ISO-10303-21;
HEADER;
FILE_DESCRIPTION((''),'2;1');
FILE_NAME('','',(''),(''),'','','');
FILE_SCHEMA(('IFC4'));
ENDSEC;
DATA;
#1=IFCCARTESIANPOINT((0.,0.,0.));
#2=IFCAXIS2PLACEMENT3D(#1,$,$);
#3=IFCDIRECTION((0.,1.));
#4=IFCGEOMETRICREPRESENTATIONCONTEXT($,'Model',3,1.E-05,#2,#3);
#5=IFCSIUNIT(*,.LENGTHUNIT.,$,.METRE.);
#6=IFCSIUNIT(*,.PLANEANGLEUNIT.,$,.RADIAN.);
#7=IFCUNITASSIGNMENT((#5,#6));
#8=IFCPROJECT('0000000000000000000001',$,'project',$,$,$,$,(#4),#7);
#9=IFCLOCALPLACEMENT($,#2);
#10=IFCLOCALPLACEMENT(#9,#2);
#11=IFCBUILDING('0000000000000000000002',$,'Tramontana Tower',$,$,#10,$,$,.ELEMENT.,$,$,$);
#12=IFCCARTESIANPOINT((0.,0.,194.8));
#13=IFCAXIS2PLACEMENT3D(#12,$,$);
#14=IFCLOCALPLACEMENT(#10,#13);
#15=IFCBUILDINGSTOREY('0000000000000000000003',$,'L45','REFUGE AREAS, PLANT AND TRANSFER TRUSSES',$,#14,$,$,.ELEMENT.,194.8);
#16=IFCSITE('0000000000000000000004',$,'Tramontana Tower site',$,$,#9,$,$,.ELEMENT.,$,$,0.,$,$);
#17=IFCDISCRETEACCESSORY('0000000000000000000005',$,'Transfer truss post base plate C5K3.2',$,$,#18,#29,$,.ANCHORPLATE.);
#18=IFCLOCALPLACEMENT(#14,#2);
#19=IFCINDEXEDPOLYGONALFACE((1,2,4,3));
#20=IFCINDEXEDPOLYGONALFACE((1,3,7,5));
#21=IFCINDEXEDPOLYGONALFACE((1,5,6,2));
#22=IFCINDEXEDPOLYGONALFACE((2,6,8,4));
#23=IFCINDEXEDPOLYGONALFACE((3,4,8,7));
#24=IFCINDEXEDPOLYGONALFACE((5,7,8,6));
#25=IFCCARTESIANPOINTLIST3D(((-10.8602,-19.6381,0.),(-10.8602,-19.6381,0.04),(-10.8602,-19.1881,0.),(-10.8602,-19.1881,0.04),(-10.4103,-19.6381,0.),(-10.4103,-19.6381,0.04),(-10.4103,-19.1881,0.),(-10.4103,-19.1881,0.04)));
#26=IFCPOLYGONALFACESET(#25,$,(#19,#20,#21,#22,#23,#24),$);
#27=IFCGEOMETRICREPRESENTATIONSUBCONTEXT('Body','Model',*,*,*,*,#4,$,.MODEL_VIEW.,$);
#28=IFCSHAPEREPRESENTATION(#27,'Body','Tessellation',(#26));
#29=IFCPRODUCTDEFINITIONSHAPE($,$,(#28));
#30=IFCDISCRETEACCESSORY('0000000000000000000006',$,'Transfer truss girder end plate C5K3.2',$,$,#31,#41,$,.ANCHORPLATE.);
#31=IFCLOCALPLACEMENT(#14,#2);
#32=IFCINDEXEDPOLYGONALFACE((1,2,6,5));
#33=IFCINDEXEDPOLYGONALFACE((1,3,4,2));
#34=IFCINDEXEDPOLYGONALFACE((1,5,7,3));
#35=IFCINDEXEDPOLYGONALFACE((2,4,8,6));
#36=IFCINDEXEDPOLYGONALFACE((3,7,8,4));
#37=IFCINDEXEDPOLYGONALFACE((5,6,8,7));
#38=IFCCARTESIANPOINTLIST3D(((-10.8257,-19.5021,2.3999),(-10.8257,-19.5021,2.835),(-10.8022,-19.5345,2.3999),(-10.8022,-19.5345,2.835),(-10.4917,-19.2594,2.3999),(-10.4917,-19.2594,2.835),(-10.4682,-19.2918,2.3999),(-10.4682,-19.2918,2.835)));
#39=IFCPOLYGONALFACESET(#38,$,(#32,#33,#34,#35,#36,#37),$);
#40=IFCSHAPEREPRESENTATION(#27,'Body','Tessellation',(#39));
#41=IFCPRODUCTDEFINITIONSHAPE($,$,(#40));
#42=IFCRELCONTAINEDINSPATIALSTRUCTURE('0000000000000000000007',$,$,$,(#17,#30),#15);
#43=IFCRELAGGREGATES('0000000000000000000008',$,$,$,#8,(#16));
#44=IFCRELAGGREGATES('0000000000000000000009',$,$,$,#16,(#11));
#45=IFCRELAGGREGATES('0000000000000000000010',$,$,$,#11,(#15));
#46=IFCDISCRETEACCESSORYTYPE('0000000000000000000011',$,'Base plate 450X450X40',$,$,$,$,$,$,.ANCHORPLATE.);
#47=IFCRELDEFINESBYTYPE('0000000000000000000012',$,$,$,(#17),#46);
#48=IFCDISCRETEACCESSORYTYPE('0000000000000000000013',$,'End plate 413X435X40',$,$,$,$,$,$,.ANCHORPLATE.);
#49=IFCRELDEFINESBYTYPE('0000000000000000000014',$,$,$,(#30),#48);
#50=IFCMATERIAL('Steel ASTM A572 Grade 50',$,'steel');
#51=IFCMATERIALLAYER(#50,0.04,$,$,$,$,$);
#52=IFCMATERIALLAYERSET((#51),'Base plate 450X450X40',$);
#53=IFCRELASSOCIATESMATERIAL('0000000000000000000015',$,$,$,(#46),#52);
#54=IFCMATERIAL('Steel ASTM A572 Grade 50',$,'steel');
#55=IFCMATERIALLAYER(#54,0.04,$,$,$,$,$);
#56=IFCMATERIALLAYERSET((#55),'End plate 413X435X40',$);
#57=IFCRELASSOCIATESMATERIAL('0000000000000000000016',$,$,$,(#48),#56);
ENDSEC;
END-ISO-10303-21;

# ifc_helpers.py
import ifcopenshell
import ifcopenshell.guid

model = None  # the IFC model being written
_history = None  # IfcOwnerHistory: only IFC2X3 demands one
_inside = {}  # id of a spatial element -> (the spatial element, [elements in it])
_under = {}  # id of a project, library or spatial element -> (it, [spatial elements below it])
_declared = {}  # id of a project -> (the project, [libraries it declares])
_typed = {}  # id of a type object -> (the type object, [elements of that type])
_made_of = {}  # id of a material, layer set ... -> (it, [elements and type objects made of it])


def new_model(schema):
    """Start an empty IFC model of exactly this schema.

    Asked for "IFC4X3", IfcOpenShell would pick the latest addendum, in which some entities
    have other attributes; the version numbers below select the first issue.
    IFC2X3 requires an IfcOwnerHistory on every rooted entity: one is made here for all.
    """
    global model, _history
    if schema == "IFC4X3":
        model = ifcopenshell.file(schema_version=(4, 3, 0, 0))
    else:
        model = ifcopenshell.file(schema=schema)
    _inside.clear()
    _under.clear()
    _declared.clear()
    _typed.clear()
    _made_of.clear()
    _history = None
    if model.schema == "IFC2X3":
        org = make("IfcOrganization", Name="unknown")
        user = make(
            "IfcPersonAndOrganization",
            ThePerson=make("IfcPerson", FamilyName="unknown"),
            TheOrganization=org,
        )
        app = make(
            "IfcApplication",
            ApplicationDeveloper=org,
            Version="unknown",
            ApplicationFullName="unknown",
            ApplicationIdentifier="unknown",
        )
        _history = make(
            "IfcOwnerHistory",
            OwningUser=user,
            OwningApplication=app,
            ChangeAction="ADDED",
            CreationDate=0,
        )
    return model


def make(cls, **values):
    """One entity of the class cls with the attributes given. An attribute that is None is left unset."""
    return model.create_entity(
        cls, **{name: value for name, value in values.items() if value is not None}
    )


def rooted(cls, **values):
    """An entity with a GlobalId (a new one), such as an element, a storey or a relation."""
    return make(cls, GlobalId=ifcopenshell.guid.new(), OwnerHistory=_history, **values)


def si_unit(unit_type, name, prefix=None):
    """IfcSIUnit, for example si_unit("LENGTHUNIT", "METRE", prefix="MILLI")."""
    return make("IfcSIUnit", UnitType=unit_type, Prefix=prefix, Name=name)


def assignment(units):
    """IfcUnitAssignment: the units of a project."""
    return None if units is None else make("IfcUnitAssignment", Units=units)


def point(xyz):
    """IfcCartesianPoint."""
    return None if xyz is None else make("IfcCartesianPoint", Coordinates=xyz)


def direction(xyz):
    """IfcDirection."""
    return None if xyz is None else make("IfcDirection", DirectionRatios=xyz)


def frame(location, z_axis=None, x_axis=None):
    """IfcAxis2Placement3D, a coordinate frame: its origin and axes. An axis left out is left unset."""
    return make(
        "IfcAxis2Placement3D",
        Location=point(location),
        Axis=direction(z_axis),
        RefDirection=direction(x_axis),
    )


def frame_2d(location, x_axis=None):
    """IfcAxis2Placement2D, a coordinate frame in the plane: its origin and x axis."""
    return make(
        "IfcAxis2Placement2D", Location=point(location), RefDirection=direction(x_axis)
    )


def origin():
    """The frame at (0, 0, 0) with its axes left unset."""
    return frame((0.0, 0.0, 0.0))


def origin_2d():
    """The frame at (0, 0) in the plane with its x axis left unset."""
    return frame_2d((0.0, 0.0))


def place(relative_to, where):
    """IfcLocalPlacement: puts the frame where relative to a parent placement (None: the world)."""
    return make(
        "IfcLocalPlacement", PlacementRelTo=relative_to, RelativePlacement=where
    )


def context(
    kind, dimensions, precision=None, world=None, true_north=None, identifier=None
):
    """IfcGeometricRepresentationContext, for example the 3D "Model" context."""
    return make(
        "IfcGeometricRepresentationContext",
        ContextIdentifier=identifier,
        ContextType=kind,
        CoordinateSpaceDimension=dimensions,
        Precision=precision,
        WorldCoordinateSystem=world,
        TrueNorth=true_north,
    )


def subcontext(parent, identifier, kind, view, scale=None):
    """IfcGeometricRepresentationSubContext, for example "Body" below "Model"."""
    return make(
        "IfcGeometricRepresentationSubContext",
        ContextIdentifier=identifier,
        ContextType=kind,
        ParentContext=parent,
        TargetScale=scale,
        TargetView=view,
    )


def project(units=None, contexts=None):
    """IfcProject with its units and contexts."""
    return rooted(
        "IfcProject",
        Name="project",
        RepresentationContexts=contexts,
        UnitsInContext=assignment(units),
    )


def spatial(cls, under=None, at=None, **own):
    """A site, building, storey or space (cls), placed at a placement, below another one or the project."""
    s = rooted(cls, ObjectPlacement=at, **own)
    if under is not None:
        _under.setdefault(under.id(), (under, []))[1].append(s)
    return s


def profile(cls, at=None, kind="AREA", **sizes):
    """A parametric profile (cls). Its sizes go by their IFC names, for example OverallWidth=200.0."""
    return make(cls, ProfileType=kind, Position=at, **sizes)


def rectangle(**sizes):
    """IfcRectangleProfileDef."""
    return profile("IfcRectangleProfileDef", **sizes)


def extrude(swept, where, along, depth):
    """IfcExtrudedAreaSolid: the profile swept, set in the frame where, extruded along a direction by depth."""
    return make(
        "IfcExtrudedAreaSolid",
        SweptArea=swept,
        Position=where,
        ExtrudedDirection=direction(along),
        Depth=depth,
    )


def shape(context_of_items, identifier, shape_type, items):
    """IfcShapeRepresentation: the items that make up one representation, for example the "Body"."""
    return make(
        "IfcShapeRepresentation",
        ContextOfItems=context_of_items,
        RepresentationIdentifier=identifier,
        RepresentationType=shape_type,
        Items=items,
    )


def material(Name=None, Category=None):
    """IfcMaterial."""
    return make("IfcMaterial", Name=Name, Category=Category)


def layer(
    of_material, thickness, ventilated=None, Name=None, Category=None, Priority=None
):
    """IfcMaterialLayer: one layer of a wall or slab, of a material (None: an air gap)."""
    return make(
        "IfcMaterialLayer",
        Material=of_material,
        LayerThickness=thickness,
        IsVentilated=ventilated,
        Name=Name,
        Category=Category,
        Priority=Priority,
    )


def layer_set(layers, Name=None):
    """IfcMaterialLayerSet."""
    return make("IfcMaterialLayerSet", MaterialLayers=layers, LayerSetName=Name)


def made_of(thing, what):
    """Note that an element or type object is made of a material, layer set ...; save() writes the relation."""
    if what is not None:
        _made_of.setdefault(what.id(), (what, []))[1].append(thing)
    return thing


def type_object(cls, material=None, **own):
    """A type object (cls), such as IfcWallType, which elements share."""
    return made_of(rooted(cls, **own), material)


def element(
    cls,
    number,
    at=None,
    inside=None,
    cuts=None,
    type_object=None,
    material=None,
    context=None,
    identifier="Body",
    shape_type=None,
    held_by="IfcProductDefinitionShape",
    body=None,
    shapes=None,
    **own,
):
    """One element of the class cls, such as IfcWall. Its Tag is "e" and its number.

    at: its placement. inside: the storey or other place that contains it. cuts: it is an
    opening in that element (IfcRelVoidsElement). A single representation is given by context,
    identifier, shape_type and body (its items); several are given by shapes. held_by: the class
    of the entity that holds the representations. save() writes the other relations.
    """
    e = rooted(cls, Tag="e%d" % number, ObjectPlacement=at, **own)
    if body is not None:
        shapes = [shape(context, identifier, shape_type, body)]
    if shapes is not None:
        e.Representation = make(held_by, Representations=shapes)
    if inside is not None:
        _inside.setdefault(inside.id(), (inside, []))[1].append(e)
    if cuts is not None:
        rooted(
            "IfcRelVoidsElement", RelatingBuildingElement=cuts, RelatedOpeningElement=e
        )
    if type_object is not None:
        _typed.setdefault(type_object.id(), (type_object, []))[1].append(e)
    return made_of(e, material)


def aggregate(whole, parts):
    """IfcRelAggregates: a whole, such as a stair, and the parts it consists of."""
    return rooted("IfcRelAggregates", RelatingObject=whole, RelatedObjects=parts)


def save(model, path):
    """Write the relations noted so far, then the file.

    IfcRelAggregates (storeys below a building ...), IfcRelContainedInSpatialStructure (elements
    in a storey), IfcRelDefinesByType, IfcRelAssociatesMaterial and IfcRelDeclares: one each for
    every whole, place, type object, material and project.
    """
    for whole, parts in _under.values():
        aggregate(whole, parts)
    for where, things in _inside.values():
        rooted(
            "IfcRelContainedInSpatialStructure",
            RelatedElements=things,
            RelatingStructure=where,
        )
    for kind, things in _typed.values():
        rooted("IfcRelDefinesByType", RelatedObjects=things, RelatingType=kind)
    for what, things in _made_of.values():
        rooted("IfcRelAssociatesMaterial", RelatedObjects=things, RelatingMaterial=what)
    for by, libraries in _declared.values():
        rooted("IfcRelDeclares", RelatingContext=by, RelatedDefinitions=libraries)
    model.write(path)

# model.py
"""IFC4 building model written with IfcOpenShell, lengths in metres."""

from ifc_helpers import new_model, si_unit, direction, frame, origin, origin_2d, place, context, subcontext, project, spatial, rectangle, extrude, material, layer, layer_set, type_object, element, save


model = new_model("IFC4")

# Units and contexts
model_context = context("Model", 3, precision=1e-05, world=origin(), true_north=direction((0.0, 1.0)))
body_context = subcontext(model_context, "Body", "Model", "MODEL_VIEW")
ifc_project = project(units=[si_unit("LENGTHUNIT", "METRE"), si_unit("PLANEANGLEUNIT", "RADIAN")], contexts=[model_context])

# Site, building, storey
site_placement = place(None, origin())
site = spatial("IfcSite", under=ifc_project, at=site_placement, Name="Tramontana Tower site", CompositionType="ELEMENT", RefElevation=0.0)
building_placement = place(site_placement, origin())
building = spatial("IfcBuilding", under=site, at=building_placement, Name="Tramontana Tower", CompositionType="ELEMENT")
storey_placement = place(building_placement, frame((0.0, 0.0, 194.8)))
storey = spatial("IfcBuildingStorey", under=building, at=storey_placement, Name="L45", Description="REFUGE AREAS, PLANT AND TRANSFER TRUSSES", CompositionType="ELEMENT", Elevation=194.8)

# Discrete accessories
ifc_material_1 = material(Name="Steel ASTM A572 Grade 50", Category="steel")
ifc_layer_1 = layer(ifc_material_1, 0.04)
ifc_layer_set_1 = layer_set([ifc_layer_1], Name="Base plate 450X450X40")
discrete_accessory_type_1 = type_object("IfcDiscreteAccessoryType", Name="Base plate 450X450X40", PredefinedType="ANCHORPLATE", material=ifc_layer_set_1)
discrete_accessory_1_placement = place(storey_placement, frame((-10.6353, -19.4131, 0.0), z_axis=(0.0, 0.0, 1.0), x_axis=(1.0, 0.0, 0.0)))
element("IfcDiscreteAccessory", 1, at=discrete_accessory_1_placement, inside=storey, type_object=discrete_accessory_type_1, Name="Transfer truss post base plate C5K3.2", PredefinedType="ANCHORPLATE", context=body_context, shape_type="SweptSolid", body=[
    extrude(rectangle(XDim=0.45, YDim=0.45, at=origin_2d()), origin(), (0.0, 0.0, 1.0), 0.04),
])
ifc_material_2 = material(Name="Steel ASTM A572 Grade 50", Category="steel")
ifc_layer_2 = layer(ifc_material_2, 0.04)
ifc_layer_set_2 = layer_set([ifc_layer_2], Name="End plate 413X435X40")
discrete_accessory_type_2 = type_object("IfcDiscreteAccessoryType", Name="End plate 413X435X40", PredefinedType="ANCHORPLATE", material=ifc_layer_set_2)
discrete_accessory_2_placement = place(storey_placement, frame((-10.647, -19.397, 2.3999), z_axis=(0.0, 0.0, 1.0), x_axis=(0.809017, 0.587785, 0.0)))
element("IfcDiscreteAccessory", 2, at=discrete_accessory_2_placement, inside=storey, type_object=discrete_accessory_type_2, Name="Transfer truss girder end plate C5K3.2", PredefinedType="ANCHORPLATE", context=body_context, shape_type="SweptSolid", body=[
    extrude(rectangle(XDim=0.4128, YDim=0.04, at=origin_2d()), origin(), (0.0, 0.0, 1.0), 0.4351),
])

save(model, "model.ifc")
